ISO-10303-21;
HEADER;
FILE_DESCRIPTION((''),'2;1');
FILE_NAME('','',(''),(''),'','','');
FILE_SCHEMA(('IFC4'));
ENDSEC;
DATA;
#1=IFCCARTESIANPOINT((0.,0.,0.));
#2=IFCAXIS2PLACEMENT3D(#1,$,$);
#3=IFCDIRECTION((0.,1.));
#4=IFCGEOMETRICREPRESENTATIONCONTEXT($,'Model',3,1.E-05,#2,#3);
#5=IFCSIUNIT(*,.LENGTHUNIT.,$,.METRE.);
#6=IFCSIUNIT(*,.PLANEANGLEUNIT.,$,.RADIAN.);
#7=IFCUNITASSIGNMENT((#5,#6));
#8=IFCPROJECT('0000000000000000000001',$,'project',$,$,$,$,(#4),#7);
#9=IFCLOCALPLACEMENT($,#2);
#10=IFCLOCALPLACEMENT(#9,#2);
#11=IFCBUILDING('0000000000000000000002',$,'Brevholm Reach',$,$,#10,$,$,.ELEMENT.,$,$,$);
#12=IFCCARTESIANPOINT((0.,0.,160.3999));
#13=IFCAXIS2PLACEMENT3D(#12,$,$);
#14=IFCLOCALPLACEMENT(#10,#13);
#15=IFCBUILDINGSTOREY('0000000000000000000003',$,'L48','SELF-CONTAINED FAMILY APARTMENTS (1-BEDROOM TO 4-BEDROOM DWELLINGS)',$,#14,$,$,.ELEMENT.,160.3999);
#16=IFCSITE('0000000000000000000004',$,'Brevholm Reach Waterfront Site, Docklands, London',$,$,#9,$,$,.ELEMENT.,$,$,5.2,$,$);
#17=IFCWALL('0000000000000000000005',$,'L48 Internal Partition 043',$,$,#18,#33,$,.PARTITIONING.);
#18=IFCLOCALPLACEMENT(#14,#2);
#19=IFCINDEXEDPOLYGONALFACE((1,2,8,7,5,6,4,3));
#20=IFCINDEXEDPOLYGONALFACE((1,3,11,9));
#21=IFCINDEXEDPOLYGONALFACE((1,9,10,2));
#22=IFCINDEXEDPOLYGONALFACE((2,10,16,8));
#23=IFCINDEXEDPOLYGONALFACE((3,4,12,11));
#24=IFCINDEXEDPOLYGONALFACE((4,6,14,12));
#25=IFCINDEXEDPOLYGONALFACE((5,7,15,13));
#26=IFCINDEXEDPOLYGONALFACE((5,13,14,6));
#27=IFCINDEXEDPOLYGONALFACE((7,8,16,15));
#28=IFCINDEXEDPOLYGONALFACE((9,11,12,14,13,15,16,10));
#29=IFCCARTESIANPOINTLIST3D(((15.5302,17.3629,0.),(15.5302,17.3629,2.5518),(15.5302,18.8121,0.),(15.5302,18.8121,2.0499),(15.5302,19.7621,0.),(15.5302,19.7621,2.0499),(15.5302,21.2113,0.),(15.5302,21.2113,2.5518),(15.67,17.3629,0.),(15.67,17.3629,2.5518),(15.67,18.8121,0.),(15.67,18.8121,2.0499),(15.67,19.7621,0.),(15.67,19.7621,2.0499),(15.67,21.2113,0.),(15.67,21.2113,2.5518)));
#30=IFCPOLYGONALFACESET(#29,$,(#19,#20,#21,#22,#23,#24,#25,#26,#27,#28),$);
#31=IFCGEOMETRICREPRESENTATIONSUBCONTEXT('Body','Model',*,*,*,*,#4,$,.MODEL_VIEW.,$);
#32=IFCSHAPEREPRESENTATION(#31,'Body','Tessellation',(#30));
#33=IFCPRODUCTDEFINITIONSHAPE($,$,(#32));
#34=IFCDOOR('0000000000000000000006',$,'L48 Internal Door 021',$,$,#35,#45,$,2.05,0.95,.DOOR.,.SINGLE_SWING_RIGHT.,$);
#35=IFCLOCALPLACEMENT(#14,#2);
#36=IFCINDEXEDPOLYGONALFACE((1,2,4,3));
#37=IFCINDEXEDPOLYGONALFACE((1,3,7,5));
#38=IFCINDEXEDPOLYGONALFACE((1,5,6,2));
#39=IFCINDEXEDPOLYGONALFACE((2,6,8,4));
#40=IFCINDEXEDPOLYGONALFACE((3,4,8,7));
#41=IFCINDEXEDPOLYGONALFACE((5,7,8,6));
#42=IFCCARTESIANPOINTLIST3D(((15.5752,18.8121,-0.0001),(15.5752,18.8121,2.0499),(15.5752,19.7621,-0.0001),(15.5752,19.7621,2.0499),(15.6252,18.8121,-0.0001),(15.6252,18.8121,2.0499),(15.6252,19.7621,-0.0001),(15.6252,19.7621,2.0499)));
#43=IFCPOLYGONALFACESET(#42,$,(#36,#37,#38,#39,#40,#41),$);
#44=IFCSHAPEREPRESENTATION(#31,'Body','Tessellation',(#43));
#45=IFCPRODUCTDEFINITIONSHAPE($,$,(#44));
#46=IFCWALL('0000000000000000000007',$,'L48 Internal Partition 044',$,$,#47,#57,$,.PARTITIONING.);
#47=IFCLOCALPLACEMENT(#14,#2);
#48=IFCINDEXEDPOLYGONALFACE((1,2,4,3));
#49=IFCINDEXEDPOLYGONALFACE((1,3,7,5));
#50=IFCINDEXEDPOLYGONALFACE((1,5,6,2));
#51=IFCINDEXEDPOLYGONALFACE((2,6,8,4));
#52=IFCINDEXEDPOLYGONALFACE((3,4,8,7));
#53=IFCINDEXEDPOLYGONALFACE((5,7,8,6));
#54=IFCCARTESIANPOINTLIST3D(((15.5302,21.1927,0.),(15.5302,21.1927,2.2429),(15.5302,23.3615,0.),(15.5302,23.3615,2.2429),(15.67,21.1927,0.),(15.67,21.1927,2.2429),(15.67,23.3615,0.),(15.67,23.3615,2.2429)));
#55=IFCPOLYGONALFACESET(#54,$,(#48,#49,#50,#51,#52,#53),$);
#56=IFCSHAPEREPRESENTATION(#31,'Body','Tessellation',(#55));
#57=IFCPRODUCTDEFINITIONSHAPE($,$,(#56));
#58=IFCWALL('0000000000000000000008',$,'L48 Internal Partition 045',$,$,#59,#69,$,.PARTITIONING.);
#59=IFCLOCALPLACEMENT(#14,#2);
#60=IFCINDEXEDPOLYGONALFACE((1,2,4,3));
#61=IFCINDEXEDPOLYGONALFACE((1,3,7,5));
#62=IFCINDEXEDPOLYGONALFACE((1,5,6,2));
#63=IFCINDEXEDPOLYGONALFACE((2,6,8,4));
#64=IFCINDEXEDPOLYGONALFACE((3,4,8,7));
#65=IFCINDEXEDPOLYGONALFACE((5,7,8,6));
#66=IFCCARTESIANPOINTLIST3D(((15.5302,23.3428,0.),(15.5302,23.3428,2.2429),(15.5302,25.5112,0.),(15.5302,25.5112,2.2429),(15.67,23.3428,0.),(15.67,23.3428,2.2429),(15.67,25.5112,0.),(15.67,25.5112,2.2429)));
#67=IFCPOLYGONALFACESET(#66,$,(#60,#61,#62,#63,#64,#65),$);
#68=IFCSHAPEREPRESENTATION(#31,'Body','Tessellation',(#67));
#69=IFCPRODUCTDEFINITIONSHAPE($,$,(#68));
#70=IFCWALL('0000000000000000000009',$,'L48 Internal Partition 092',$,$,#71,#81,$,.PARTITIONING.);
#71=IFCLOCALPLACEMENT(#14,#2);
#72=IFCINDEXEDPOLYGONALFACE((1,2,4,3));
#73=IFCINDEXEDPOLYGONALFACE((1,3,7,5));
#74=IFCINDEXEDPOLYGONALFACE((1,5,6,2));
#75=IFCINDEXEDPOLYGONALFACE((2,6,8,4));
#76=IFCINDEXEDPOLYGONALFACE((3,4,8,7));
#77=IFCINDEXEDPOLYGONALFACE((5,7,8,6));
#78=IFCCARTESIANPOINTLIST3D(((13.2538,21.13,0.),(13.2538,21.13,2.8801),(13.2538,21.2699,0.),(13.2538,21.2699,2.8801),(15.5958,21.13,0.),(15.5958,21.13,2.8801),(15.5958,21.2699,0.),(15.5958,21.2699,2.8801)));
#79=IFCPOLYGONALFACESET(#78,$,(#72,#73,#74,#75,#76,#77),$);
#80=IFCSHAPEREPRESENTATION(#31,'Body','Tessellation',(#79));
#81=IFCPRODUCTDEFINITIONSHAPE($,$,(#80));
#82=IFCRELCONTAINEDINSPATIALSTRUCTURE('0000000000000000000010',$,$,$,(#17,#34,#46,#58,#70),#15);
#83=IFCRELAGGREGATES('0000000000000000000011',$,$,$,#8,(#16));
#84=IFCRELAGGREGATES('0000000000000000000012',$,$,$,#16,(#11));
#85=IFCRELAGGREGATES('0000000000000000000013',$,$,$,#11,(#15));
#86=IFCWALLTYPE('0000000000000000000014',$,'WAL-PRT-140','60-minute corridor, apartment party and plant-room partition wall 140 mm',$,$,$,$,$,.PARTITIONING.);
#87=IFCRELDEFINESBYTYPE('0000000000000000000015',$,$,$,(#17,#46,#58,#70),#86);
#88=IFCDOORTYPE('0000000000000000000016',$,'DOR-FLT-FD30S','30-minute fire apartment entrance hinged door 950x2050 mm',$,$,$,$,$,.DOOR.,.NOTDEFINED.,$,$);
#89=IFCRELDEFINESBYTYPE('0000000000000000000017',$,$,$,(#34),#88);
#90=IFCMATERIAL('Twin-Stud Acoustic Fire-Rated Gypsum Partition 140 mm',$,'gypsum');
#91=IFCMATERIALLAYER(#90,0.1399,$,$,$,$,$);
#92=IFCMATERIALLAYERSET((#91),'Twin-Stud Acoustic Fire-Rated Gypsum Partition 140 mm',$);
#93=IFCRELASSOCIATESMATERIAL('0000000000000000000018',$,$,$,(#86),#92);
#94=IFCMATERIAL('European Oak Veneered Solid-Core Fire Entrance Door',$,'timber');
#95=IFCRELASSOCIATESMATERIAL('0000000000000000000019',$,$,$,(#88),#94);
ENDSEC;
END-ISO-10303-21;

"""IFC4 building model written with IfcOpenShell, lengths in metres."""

from ifc_helpers import new_model, si_unit, direction, frame, frame_2d, origin, place, context, subcontext, project, spatial, rectangle, extrude, material, layer, layer_set, type_object, element, fill, save


model = new_model("IFC4")

# Units and contexts
model_context = context("Model", 3, precision=1e-05, world=origin(), true_north=direction((0.0, 1.0)))
body_context = subcontext(model_context, "Body", "Model", "MODEL_VIEW")
ifc_project = project(units=[si_unit("LENGTHUNIT", "METRE"), si_unit("PLANEANGLEUNIT", "RADIAN")], contexts=[model_context])

# Site, building, storey
site_placement = place(None, origin())
site = spatial("IfcSite", under=ifc_project, at=site_placement, Name="Brevholm Reach Waterfront Site, Docklands, London", CompositionType="ELEMENT", RefElevation=5.2)
building_placement = place(site_placement, origin())
building = spatial("IfcBuilding", under=site, at=building_placement, Name="Brevholm Reach", CompositionType="ELEMENT")
storey_placement = place(building_placement, frame((0.0, 0.0, 160.3999)))
storey = spatial("IfcBuildingStorey", under=building, at=storey_placement, Name="L48", Description="SELF-CONTAINED FAMILY APARTMENTS (1-BEDROOM TO 4-BEDROOM DWELLINGS)", CompositionType="ELEMENT", Elevation=160.3999)

# Wall, opening, door
ifc_material_1 = material(Name="Twin-Stud Acoustic Fire-Rated Gypsum Partition 140 mm", Category="gypsum")
ifc_layer_1 = layer(ifc_material_1, 0.1399)
ifc_layer_set_1 = layer_set([ifc_layer_1], Name="Twin-Stud Acoustic Fire-Rated Gypsum Partition 140 mm")
wall_type_1 = type_object("IfcWallType", Name="WAL-PRT-140", Description="60-minute corridor, apartment party and plant-room partition wall 140 mm", PredefinedType="PARTITIONING", material=ifc_layer_set_1)
wall_1_placement = place(storey_placement, frame((15.6001, 17.3628, 0.0), z_axis=(0.0, 0.0, 1.0), x_axis=(0.0, 1.0, 0.0)))
wall_1 = element("IfcWall", 1, at=wall_1_placement, inside=storey, type_object=wall_type_1, Name="L48 Internal Partition 043", PredefinedType="PARTITIONING", context=body_context, shape_type="SweptSolid", body=[
    extrude(rectangle(XDim=3.8484, YDim=0.1399, at=frame_2d((1.9243, 0.0))), origin(), (0.0, 0.0, 1.0), 2.5518),
])
opening_1_placement = place(wall_1_placement, frame((1.4492, 0.0, 0.0)))
opening_1 = element("IfcOpeningElement", 2, at=opening_1_placement, cuts=wall_1, PredefinedType="OPENING", context=body_context, shape_type="SweptSolid", body=[
    extrude(rectangle(XDim=0.95, YDim=2.05, at=frame_2d((0.4751, 1.0249))), frame((0.0, 0.0798, 0.0), z_axis=(0.0, -1.0, 0.0), x_axis=(1.0, 0.0, 0.0)), (0.0, 0.0, 1.0), 0.1599),
])
ifc_material_2 = material(Name="European Oak Veneered Solid-Core Fire Entrance Door", Category="timber")
door_type_1 = type_object("IfcDoorType", Name="DOR-FLT-FD30S", Description="30-minute fire apartment entrance hinged door 950x2050 mm", OperationType="NOTDEFINED", PredefinedType="DOOR", material=ifc_material_2)
door_1_placement = place(opening_1_placement, origin())
door_1 = element("IfcDoor", 3, at=door_1_placement, inside=storey, type_object=door_type_1, Name="L48 Internal Door 021", OperationType="SINGLE_SWING_RIGHT", OverallHeight=2.05, OverallWidth=0.95, PredefinedType="DOOR", context=body_context, shape_type="SweptSolid", body=[
    extrude(rectangle(XDim=0.95, YDim=2.05, at=frame_2d((0.4751, 1.0249))), frame((0.0, 0.0249, 0.0), z_axis=(0.0, -1.0, 0.0), x_axis=(1.0, 0.0, 0.0)), (0.0, 0.0, 1.0), 0.05),
])
fill(opening_1, door_1)

# Walls
wall_2_placement = place(storey_placement, frame((15.6001, 21.1926, 0.0), z_axis=(0.0, 0.0, 1.0), x_axis=(0.0, 1.0, 0.0)))
element("IfcWall", 4, at=wall_2_placement, inside=storey, type_object=wall_type_1, Name="L48 Internal Partition 044", PredefinedType="PARTITIONING", context=body_context, shape_type="SweptSolid", body=[
    extrude(rectangle(XDim=2.1687, YDim=0.1399, at=frame_2d((1.0845, 0.0))), origin(), (0.0, 0.0, 1.0), 2.2429),
])
wall_3_placement = place(storey_placement, frame((15.6001, 23.3428, 0.0), z_axis=(0.0, 0.0, 1.0), x_axis=(0.0, 1.0, 0.0)))
element("IfcWall", 5, at=wall_3_placement, inside=storey, type_object=wall_type_1, Name="L48 Internal Partition 045", PredefinedType="PARTITIONING", context=body_context, shape_type="SweptSolid", body=[
    extrude(rectangle(XDim=2.1685, YDim=0.1399, at=frame_2d((1.0842, 0.0))), origin(), (0.0, 0.0, 1.0), 2.2429),
])
wall_4_placement = place(storey_placement, frame((13.2539, 21.2, 0.0), z_axis=(0.0, 0.0, 1.0), x_axis=(1.0, 0.0, 0.0)))
element("IfcWall", 6, at=wall_4_placement, inside=storey, type_object=wall_type_1, Name="L48 Internal Partition 092", PredefinedType="PARTITIONING", context=body_context, shape_type="SweptSolid", body=[
    extrude(rectangle(XDim=2.342, YDim=0.1399, at=frame_2d((1.1709, 0.0))), origin(), (0.0, 0.0, 1.0), 2.8801),
])

save(model, "model.ifc")
